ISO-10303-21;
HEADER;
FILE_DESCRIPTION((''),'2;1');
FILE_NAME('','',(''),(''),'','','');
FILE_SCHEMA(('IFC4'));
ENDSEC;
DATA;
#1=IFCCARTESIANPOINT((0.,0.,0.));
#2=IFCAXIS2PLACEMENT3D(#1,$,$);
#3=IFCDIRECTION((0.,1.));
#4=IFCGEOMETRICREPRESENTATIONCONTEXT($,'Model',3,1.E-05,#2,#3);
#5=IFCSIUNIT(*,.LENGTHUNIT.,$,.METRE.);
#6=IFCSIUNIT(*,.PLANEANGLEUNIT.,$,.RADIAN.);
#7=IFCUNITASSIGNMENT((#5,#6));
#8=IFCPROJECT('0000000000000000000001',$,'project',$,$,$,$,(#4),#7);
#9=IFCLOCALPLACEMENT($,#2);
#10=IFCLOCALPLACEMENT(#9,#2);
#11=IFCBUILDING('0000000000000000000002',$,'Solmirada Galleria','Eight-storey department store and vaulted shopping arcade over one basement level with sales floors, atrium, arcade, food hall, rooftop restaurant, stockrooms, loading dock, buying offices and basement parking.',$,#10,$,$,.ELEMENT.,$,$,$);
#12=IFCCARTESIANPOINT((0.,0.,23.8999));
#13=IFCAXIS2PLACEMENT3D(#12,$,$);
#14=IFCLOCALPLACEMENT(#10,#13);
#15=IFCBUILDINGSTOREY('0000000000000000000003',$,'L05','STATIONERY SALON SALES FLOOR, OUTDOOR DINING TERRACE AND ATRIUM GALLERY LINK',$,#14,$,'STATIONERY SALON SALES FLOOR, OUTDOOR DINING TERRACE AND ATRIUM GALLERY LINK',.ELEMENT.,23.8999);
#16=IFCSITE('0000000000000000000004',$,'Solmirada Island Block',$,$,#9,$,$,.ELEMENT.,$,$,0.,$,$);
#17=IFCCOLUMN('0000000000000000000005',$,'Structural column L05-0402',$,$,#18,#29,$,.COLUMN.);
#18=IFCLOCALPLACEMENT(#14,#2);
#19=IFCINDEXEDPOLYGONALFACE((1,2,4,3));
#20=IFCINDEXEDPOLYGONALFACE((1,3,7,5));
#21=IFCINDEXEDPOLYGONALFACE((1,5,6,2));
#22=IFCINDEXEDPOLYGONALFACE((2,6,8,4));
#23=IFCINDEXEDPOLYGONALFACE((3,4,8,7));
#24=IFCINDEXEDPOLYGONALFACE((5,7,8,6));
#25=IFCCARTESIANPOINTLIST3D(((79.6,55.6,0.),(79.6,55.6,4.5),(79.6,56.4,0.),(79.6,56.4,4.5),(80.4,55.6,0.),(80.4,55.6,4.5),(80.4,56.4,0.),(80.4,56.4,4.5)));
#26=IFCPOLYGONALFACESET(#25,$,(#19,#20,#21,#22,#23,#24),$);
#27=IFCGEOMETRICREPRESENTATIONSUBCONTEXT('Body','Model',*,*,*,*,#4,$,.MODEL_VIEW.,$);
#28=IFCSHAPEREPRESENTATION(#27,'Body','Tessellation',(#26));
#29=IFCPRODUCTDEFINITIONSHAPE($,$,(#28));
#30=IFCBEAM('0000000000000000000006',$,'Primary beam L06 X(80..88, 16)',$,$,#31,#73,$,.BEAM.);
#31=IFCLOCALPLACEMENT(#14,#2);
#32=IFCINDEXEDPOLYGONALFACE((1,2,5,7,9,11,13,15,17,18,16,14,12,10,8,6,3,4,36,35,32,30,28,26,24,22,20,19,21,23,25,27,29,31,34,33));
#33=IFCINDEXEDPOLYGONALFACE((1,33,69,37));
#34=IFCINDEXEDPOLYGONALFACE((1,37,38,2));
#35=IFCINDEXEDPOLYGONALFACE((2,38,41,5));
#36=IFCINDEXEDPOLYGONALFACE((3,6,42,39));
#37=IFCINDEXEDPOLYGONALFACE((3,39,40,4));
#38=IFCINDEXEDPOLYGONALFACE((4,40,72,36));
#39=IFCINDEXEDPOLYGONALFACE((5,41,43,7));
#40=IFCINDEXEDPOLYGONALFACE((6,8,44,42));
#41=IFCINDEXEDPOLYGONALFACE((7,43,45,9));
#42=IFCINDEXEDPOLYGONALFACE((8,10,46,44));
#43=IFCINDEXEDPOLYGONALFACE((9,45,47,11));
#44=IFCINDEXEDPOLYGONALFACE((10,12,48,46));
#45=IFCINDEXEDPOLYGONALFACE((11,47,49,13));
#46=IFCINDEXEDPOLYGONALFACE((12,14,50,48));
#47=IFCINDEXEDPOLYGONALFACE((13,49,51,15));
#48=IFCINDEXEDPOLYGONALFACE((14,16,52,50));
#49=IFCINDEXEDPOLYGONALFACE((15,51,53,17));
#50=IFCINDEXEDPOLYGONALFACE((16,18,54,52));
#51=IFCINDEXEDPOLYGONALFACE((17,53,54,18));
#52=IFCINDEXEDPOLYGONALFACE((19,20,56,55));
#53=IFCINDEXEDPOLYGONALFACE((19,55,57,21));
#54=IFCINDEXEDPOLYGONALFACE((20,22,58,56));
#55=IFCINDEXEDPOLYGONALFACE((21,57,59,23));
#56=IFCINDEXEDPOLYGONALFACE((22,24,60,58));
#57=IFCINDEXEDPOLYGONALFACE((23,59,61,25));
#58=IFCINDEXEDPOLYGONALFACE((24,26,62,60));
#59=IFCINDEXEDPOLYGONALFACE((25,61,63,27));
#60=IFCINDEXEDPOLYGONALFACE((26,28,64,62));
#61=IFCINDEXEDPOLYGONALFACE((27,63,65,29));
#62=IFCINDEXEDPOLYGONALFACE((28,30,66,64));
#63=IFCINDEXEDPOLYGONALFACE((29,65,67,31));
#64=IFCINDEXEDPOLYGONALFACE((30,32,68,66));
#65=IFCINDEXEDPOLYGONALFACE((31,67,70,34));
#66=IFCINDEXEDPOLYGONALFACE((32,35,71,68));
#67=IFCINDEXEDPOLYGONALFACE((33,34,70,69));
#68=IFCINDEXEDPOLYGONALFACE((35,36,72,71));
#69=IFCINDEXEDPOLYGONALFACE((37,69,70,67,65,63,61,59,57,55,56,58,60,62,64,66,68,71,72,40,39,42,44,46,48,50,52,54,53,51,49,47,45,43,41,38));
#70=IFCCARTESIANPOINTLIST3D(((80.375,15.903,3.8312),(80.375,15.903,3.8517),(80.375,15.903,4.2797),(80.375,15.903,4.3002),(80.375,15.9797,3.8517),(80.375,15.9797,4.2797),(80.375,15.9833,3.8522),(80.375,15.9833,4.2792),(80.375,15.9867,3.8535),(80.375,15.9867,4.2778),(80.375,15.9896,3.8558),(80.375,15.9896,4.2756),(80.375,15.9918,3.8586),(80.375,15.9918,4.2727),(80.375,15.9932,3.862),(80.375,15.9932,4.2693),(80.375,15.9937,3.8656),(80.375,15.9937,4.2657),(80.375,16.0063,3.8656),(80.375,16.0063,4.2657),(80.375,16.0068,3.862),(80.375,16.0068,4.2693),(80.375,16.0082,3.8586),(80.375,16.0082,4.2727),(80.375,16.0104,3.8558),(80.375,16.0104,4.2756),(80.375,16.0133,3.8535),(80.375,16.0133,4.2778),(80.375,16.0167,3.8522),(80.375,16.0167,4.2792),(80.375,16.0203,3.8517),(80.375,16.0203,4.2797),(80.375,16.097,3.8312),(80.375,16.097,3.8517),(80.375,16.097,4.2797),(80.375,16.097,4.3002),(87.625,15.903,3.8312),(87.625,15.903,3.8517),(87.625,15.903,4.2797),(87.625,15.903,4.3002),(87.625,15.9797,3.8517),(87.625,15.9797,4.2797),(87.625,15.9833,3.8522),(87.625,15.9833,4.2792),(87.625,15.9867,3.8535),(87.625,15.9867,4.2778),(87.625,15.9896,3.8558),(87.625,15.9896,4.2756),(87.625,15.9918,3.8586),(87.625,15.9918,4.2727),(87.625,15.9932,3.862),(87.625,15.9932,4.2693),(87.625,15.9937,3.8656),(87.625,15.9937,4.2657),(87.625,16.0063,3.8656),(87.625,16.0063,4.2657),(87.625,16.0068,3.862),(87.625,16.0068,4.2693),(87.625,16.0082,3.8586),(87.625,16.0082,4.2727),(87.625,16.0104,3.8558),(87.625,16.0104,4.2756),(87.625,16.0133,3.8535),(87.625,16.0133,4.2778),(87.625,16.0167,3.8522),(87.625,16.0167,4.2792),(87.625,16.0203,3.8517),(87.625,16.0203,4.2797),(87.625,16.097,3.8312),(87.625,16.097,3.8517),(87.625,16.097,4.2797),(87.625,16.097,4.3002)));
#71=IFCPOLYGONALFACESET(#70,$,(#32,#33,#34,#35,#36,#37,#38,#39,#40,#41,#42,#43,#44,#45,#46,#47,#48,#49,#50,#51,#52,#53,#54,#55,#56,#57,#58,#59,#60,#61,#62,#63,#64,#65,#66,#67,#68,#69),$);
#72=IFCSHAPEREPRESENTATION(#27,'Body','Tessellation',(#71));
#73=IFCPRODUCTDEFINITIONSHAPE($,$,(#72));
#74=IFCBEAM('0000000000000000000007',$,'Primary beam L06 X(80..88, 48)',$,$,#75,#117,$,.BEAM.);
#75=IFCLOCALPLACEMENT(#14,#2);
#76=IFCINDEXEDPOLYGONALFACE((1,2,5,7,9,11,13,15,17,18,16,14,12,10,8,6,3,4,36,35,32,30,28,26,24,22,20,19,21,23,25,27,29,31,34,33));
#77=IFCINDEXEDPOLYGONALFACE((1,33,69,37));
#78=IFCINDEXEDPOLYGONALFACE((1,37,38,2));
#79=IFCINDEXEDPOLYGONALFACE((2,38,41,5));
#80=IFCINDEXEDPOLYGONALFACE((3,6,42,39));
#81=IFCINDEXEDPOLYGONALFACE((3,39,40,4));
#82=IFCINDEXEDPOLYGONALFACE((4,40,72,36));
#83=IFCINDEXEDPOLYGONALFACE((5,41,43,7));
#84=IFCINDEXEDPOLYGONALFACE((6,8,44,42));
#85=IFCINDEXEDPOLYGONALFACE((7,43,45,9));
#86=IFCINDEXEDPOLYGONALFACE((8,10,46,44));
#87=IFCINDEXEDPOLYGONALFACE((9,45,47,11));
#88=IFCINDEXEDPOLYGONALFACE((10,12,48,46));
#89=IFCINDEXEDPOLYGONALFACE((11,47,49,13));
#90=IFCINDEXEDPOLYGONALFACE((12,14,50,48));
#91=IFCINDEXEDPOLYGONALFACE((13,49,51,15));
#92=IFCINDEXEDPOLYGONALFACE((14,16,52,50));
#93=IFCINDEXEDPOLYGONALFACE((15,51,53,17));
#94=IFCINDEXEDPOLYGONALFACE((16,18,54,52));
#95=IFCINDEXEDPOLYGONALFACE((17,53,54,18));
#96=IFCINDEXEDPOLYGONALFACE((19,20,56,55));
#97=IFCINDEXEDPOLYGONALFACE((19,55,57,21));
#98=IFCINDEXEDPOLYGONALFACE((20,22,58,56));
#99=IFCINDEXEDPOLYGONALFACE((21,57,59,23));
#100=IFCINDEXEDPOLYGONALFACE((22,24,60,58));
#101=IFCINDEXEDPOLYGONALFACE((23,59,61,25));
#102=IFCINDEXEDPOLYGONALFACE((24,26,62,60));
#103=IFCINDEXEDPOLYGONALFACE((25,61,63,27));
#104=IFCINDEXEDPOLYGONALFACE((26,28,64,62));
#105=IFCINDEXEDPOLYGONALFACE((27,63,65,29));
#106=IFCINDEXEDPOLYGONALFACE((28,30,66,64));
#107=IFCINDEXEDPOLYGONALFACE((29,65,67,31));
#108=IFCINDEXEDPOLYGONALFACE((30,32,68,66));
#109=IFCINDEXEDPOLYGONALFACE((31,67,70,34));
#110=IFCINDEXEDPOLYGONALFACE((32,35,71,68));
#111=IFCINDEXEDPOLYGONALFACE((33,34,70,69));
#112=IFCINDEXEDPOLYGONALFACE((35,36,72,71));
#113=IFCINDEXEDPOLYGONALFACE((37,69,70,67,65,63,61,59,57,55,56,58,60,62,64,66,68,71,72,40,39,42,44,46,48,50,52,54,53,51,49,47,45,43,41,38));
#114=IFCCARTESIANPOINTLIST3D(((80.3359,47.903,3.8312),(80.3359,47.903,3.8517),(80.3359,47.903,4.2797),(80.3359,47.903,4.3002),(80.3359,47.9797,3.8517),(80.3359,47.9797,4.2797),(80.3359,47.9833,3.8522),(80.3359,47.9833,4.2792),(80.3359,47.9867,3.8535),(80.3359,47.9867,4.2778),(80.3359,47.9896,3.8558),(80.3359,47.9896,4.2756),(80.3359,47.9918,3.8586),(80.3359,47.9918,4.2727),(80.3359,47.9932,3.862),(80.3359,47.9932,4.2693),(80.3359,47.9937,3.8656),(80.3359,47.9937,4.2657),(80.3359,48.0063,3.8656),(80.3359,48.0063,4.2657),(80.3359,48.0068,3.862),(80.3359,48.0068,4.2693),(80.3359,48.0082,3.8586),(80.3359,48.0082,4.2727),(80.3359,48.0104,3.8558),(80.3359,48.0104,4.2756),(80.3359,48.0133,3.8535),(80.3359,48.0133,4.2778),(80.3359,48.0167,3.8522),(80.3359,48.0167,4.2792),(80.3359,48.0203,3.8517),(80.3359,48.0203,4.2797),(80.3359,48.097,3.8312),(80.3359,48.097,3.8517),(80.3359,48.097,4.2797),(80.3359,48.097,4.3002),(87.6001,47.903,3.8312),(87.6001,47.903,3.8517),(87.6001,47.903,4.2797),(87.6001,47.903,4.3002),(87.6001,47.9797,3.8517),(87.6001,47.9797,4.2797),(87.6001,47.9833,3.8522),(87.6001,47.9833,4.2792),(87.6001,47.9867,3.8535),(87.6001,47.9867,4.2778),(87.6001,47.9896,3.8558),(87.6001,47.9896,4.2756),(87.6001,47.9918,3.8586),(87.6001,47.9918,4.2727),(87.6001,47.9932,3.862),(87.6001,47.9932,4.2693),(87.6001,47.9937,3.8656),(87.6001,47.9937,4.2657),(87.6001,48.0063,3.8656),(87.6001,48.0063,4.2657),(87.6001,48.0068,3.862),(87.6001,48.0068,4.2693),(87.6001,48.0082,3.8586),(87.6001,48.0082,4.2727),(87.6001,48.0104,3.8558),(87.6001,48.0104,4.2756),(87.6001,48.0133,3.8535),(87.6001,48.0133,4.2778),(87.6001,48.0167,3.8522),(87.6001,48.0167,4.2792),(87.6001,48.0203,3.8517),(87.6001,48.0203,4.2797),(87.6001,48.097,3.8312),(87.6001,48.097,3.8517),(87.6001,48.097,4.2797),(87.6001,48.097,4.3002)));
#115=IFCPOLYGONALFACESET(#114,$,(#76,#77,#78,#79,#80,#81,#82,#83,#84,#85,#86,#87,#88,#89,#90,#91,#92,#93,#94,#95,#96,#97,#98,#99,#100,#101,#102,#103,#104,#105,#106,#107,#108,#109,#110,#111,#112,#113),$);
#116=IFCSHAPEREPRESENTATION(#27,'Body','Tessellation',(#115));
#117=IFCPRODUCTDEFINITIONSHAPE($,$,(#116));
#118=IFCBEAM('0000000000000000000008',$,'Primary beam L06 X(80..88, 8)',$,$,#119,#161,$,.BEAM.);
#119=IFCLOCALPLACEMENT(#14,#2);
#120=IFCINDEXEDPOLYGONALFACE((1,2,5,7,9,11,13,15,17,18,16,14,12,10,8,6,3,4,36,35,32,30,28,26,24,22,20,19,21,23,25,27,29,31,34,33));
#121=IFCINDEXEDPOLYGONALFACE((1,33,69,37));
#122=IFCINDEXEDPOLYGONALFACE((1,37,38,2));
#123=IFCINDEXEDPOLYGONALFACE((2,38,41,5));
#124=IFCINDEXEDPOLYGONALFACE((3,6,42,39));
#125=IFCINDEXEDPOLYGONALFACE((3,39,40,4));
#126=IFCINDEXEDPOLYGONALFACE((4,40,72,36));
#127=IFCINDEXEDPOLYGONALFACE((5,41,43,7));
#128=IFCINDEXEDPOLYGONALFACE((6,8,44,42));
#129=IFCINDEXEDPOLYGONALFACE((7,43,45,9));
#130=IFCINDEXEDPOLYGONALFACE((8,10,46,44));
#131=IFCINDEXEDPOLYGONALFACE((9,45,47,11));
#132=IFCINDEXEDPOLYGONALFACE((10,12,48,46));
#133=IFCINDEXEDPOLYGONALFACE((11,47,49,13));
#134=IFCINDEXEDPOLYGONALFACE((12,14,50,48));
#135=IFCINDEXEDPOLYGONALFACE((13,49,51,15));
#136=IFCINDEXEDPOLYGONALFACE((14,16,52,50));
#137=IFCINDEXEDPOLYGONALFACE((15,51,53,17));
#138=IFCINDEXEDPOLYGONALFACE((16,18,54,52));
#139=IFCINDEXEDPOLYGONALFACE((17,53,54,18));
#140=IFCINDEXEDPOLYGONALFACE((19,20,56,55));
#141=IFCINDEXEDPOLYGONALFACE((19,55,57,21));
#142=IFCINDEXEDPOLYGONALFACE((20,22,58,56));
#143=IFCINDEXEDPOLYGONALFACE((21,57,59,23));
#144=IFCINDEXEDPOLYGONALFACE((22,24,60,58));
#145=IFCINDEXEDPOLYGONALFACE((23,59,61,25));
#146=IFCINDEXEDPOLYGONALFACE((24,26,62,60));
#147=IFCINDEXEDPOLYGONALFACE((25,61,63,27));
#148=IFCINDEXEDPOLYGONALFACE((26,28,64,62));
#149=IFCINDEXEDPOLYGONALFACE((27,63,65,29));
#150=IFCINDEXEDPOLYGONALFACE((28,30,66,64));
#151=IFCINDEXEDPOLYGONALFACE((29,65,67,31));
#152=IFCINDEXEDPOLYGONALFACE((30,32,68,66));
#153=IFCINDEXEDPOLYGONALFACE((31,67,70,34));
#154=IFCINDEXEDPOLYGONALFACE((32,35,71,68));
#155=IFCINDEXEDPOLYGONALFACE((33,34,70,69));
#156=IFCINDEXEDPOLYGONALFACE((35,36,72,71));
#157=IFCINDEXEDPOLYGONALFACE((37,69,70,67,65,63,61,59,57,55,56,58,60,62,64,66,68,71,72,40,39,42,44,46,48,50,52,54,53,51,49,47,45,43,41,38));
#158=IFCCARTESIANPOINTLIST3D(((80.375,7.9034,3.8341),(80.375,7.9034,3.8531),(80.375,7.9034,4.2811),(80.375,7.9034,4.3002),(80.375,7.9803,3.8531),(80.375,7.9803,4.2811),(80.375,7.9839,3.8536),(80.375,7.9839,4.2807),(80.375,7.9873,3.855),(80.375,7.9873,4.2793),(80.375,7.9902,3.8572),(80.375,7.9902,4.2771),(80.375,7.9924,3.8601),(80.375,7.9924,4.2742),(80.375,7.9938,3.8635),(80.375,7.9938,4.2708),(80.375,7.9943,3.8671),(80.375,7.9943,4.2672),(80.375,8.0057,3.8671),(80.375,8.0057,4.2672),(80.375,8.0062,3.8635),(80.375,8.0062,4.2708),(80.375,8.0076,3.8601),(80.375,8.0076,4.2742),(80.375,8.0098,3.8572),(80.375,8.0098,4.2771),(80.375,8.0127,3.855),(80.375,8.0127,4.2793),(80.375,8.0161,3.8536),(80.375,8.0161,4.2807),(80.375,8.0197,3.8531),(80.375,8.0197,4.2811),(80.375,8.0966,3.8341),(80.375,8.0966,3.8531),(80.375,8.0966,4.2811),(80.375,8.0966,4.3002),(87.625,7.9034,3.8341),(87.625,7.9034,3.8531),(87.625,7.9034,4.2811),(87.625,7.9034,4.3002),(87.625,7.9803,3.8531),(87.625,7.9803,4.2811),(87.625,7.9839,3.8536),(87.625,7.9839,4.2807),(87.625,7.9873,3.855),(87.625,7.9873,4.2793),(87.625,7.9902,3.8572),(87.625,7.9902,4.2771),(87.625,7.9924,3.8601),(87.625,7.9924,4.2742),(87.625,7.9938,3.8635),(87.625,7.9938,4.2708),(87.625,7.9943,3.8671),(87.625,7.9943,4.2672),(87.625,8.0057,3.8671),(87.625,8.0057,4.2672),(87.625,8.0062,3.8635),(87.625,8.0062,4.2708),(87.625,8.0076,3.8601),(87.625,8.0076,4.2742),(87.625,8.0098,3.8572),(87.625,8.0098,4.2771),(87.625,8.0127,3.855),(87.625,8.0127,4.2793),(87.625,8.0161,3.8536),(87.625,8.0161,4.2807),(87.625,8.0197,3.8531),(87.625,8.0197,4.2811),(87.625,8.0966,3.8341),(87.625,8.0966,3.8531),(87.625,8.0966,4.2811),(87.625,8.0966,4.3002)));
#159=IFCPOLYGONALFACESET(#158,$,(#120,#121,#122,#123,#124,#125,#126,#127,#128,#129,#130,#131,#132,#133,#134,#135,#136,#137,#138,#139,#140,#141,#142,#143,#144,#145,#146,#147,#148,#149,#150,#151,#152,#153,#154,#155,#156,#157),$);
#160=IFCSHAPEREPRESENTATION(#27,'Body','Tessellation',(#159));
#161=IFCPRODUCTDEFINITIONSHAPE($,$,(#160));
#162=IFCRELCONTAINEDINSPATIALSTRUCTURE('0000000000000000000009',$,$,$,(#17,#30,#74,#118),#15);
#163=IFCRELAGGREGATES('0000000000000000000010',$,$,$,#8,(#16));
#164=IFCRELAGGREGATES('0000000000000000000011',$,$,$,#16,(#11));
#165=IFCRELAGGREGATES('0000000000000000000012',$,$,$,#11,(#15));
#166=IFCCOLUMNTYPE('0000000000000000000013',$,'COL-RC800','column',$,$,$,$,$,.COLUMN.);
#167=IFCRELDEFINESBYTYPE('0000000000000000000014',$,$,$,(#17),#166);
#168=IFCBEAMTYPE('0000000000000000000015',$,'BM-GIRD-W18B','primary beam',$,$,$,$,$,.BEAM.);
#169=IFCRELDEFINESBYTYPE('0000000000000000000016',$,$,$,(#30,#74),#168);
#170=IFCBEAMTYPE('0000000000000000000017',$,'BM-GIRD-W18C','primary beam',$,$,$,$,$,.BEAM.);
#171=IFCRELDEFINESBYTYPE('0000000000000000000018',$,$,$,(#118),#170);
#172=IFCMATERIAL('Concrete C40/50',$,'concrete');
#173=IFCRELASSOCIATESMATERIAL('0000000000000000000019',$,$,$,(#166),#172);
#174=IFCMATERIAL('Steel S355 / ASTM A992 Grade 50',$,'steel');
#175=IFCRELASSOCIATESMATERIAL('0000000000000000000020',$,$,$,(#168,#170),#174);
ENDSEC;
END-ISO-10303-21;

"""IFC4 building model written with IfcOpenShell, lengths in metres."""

from ifc_helpers import new_model, si_unit, direction, frame, origin, origin_2d, place, context, subcontext, project, spatial, rectangle, i_section, extrude, material, material_profile, profile_set, type_object, element, save


model = new_model("IFC4")

# Units and contexts
model_context = context("Model", 3, precision=1e-05, world=origin(), true_north=direction((0.0, 1.0)))
body_context = subcontext(model_context, "Body", "Model", "MODEL_VIEW")
ifc_project = project(units=[si_unit("LENGTHUNIT", "METRE"), si_unit("PLANEANGLEUNIT", "RADIAN")], contexts=[model_context])

# Site, building, storey
site_placement = place(None, origin())
site = spatial("IfcSite", under=ifc_project, at=site_placement, Name="Solmirada Island Block", CompositionType="ELEMENT", RefElevation=0.0)
building_placement = place(site_placement, origin())
building = spatial("IfcBuilding", under=site, at=building_placement, Name="Solmirada Galleria", Description="Eight-storey department store and vaulted shopping arcade over one basement level with sales floors, atrium, arcade, food hall, rooftop restaurant, stockrooms, loading dock, buying offices and basement parking.", CompositionType="ELEMENT")
storey_placement = place(building_placement, frame((0.0, 0.0, 23.8999)))
storey = spatial("IfcBuildingStorey", under=building, at=storey_placement, Name="L05", Description="STATIONERY SALON SALES FLOOR, OUTDOOR DINING TERRACE AND ATRIUM GALLERY LINK", LongName="STATIONERY SALON SALES FLOOR, OUTDOOR DINING TERRACE AND ATRIUM GALLERY LINK", CompositionType="ELEMENT", Elevation=23.8999)

# Column
ifc_material_1 = material(Name="Concrete C40/50", Category="concrete")
ifc_material_profile_1 = material_profile(ifc_material_1, rectangle(XDim=0.8, YDim=0.8, at=origin_2d()), Name="RC800X800")
ifc_profile_set_1 = profile_set([ifc_material_profile_1], Name="Concrete C40/50")
column_type = type_object("IfcColumnType", Name="COL-RC800", Description="column", PredefinedType="COLUMN", material=ifc_profile_set_1)
column_placement = place(storey_placement, frame((80.0, 56.0, 0.0), z_axis=(0.0, 0.0, 1.0), x_axis=(1.0, 0.0, 0.0)))
element("IfcColumn", 1, at=column_placement, inside=storey, type_object=column_type, Name="Structural column L05-0402", PredefinedType="COLUMN", context=body_context, shape_type="SweptSolid", body=[
    extrude(rectangle(XDim=0.8, YDim=0.8, at=origin_2d()), origin(), (0.0, 0.0, 1.0), 4.5),
])

# Beams
ifc_material_2 = material(Name="Steel S355 / ASTM A992 Grade 50", Category="steel")
ifc_material_profile_2 = material_profile(ifc_material_2, i_section(OverallWidth=0.1941, OverallDepth=0.469, WebThickness=0.0127, FlangeThickness=0.0205, FilletRadius=0.0139, at=origin_2d()), Name="W18X71")
ifc_profile_set_2 = profile_set([ifc_material_profile_2], Name="Steel S355 / ASTM A992 Grade 50")
beam_type_1 = type_object("IfcBeamType", Name="BM-GIRD-W18B", Description="primary beam", PredefinedType="BEAM", material=ifc_profile_set_2)
beam_1_placement = place(storey_placement, frame((80.375, 16.0, 4.0657), z_axis=(1.0, 0.0, 0.0), x_axis=(0.0, 1.0, 0.0)))
element("IfcBeam", 2, at=beam_1_placement, inside=storey, type_object=beam_type_1, Name="Primary beam L06 X(80..88, 16)", PredefinedType="BEAM", context=body_context, shape_type="SweptSolid", body=[
    extrude(i_section(OverallWidth=0.1941, OverallDepth=0.469, WebThickness=0.0127, FlangeThickness=0.0205, FilletRadius=0.0139, at=origin_2d()), origin(), (0.0, 0.0, 1.0), 7.25),
])
beam_2_placement = place(storey_placement, frame((80.3359, 48.0, 4.0657), z_axis=(1.0, 0.0, 0.0), x_axis=(0.0, 1.0, 0.0)))
element("IfcBeam", 3, at=beam_2_placement, inside=storey, type_object=beam_type_1, Name="Primary beam L06 X(80..88, 48)", PredefinedType="BEAM", context=body_context, shape_type="SweptSolid", body=[
    extrude(i_section(OverallWidth=0.1941, OverallDepth=0.469, WebThickness=0.0127, FlangeThickness=0.0205, FilletRadius=0.0139, at=origin_2d()), origin(), (0.0, 0.0, 1.0), 7.2642),
])
ifc_material_profile_3 = material_profile(ifc_material_2, i_section(OverallWidth=0.1931, OverallDepth=0.4661, WebThickness=0.0115, FlangeThickness=0.019, FilletRadius=0.0139, at=origin_2d()), Name="W18X65")
ifc_profile_set_3 = profile_set([ifc_material_profile_3], Name="Steel S355 / ASTM A992 Grade 50")
beam_type_2 = type_object("IfcBeamType", Name="BM-GIRD-W18C", Description="primary beam", PredefinedType="BEAM", material=ifc_profile_set_3)
beam_3_placement = place(storey_placement, frame((80.375, 8.0, 4.0671), z_axis=(1.0, 0.0, 0.0), x_axis=(0.0, 1.0, 0.0)))
element("IfcBeam", 4, at=beam_3_placement, inside=storey, type_object=beam_type_2, Name="Primary beam L06 X(80..88, 8)", PredefinedType="BEAM", context=body_context, shape_type="SweptSolid", body=[
    extrude(i_section(OverallWidth=0.1931, OverallDepth=0.4661, WebThickness=0.0115, FlangeThickness=0.019, FilletRadius=0.0139, at=origin_2d()), origin(), (0.0, 0.0, 1.0), 7.25),
])

save(model, "model.ifc")
